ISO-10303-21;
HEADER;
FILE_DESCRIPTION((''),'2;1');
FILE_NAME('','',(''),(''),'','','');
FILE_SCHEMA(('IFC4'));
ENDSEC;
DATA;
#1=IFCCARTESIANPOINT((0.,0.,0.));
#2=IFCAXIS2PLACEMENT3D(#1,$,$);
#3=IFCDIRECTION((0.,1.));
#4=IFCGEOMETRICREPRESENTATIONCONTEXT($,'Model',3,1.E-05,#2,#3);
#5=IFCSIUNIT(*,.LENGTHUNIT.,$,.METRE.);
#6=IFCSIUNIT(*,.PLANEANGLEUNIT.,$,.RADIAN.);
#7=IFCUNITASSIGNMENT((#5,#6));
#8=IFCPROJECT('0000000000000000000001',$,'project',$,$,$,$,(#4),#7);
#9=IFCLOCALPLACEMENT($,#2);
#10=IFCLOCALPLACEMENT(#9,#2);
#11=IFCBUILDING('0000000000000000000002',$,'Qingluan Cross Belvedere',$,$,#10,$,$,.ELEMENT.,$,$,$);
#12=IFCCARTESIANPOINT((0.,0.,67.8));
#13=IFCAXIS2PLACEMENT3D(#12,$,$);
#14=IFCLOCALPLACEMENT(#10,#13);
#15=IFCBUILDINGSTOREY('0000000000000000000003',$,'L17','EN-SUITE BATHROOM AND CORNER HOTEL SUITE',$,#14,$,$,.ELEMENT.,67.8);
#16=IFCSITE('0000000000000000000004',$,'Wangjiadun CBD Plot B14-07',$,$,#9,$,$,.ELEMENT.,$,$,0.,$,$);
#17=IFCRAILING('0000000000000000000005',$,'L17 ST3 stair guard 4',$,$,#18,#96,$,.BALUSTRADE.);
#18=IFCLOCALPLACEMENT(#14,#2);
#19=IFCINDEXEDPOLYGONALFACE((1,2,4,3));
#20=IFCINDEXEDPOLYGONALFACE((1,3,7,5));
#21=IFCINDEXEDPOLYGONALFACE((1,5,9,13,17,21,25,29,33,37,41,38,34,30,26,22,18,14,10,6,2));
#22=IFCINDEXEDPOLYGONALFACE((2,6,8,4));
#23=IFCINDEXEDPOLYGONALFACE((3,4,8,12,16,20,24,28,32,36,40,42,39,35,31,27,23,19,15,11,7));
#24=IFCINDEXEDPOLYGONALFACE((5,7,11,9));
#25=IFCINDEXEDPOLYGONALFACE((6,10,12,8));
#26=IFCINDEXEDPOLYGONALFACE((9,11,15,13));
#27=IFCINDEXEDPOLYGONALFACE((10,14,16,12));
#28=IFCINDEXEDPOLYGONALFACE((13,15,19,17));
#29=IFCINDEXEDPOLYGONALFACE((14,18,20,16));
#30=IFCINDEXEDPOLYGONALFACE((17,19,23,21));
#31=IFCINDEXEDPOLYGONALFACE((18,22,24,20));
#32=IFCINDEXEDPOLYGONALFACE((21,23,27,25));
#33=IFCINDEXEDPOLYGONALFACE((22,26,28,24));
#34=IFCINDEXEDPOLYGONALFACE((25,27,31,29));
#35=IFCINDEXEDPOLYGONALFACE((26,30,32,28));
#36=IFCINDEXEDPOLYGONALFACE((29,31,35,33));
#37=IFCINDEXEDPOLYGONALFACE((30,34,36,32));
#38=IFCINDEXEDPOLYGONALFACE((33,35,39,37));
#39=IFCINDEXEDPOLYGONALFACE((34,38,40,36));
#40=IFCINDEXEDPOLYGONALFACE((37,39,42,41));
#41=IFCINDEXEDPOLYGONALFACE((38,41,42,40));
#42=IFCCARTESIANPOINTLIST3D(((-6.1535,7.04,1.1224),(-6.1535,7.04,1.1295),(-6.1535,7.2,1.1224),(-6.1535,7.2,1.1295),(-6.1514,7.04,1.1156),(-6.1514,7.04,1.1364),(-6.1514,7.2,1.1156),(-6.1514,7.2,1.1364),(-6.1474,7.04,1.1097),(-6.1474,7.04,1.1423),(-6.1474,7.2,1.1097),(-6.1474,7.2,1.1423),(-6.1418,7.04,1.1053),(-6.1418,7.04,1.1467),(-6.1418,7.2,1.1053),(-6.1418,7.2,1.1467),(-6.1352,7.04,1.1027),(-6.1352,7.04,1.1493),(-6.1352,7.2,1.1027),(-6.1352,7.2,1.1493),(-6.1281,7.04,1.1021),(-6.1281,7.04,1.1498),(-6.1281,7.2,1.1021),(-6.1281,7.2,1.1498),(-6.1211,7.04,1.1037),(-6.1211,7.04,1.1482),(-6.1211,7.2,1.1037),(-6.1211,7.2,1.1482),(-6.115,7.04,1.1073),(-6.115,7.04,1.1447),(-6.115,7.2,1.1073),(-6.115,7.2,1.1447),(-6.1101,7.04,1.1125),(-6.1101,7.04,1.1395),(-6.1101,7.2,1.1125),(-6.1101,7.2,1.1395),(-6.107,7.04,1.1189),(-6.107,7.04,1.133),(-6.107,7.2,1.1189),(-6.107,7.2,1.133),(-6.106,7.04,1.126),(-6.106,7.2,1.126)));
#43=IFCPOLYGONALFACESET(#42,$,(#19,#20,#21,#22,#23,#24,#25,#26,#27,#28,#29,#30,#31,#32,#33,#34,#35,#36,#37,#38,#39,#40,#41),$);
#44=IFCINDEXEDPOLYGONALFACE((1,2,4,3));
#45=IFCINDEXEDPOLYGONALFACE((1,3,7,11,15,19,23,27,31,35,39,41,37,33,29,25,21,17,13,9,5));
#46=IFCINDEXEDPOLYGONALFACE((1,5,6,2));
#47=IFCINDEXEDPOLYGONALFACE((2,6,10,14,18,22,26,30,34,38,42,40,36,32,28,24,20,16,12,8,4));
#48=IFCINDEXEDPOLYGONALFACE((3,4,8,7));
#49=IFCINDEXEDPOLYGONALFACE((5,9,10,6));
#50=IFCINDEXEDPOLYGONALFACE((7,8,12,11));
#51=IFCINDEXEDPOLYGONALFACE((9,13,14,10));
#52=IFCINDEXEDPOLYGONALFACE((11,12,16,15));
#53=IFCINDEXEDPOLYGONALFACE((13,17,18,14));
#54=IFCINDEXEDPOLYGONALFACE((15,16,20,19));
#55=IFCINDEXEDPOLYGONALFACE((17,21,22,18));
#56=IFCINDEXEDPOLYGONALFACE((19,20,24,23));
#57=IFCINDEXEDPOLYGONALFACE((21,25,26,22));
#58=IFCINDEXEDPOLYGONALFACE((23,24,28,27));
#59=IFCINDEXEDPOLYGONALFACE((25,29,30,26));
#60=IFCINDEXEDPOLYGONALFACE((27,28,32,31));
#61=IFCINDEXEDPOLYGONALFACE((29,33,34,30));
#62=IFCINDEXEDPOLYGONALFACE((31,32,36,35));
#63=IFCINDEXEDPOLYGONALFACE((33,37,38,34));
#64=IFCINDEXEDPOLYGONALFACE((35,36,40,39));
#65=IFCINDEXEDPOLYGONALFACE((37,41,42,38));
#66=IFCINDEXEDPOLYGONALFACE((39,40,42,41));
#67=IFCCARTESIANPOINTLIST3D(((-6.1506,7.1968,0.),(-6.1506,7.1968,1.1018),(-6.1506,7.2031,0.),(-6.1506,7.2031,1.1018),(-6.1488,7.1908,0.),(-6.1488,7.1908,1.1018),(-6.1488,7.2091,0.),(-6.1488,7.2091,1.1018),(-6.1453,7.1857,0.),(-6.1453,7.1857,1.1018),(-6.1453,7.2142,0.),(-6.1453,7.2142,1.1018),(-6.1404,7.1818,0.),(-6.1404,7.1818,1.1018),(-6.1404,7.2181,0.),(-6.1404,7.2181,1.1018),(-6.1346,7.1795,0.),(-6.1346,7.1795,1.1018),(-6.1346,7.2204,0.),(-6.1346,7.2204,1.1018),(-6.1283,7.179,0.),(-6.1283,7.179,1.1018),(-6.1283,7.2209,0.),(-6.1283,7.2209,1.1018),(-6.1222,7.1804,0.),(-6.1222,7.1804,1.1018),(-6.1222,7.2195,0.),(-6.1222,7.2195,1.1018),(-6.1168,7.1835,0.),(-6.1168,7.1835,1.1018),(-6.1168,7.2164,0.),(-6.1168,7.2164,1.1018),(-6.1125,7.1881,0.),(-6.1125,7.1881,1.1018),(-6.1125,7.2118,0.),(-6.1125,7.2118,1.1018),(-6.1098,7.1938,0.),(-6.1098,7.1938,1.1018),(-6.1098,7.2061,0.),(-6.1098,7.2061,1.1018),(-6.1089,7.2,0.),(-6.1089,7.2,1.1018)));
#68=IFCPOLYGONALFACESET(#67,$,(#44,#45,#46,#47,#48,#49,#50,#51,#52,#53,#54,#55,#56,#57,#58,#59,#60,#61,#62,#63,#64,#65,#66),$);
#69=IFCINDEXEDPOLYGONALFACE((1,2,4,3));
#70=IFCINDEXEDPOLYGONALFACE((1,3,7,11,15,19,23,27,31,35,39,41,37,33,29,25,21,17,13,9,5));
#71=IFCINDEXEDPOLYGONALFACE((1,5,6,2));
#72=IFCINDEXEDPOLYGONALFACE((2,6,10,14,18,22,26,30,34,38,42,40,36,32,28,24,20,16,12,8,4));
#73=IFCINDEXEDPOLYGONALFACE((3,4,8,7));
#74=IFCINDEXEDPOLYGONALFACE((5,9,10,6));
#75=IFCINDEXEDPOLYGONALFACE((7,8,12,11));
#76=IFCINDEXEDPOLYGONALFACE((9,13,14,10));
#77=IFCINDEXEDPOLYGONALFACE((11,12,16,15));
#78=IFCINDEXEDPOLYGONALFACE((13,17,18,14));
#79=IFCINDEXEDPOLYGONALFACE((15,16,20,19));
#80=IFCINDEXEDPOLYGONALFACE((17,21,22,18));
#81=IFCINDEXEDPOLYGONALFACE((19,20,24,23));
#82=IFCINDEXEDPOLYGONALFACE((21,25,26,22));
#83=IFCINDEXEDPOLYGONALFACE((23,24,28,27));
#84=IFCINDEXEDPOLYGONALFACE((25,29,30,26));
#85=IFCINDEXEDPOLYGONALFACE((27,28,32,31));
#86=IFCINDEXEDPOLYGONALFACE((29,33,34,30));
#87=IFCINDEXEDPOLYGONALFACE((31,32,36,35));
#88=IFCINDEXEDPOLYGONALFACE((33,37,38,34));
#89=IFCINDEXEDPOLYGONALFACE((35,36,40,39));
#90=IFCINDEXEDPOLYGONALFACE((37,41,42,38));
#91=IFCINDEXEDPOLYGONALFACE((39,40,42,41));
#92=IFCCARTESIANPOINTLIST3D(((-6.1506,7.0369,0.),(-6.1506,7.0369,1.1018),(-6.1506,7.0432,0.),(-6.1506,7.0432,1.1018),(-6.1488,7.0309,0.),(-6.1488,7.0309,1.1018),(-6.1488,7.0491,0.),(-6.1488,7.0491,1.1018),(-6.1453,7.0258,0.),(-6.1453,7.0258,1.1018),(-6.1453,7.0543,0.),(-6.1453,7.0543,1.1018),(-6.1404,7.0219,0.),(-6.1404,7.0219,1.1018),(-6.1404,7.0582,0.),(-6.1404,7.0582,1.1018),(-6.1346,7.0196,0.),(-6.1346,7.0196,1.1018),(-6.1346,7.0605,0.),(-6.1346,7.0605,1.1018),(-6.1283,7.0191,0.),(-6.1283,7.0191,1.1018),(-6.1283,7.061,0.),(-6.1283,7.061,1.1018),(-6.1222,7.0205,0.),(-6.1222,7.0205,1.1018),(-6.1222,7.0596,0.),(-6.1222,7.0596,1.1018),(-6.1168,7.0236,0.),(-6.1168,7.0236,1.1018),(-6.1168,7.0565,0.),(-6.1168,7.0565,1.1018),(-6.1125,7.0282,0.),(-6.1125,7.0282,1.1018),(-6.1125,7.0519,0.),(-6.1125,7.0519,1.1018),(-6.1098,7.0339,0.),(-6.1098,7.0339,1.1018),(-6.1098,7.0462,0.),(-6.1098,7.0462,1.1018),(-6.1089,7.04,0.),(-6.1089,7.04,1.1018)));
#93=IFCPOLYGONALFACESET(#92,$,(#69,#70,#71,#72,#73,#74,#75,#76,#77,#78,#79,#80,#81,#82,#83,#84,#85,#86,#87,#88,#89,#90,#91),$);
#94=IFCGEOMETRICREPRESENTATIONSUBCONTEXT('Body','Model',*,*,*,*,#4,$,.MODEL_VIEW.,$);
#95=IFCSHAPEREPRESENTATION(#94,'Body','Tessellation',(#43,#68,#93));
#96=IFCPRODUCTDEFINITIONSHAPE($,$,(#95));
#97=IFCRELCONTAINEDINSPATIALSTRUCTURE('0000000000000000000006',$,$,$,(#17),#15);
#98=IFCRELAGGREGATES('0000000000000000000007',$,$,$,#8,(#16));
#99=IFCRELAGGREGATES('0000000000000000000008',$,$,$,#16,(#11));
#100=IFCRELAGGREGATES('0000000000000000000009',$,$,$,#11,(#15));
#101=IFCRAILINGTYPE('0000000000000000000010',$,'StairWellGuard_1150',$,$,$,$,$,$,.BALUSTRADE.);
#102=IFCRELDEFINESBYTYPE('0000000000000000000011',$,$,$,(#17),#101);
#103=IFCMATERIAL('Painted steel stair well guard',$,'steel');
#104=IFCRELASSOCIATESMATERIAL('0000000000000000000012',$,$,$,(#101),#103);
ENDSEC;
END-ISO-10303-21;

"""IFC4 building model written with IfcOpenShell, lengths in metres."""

from ifc_helpers import new_model, si_unit, direction, frame, origin, origin_2d, place, context, subcontext, project, spatial, circle, extrude, material, type_object, element, save


model = new_model("IFC4")

# Units and contexts
model_context = context("Model", 3, precision=1e-05, world=origin(), true_north=direction((0.0, 1.0)))
body_context = subcontext(model_context, "Body", "Model", "MODEL_VIEW")
ifc_project = project(units=[si_unit("LENGTHUNIT", "METRE"), si_unit("PLANEANGLEUNIT", "RADIAN")], contexts=[model_context])

# Site, building, storey
site_placement = place(None, origin())
site = spatial("IfcSite", under=ifc_project, at=site_placement, Name="Wangjiadun CBD Plot B14-07", CompositionType="ELEMENT", RefElevation=0.0)
building_placement = place(site_placement, origin())
building = spatial("IfcBuilding", under=site, at=building_placement, Name="Qingluan Cross Belvedere", CompositionType="ELEMENT")
storey_placement = place(building_placement, frame((0.0, 0.0, 67.8)))
storey = spatial("IfcBuildingStorey", under=building, at=storey_placement, Name="L17", Description="EN-SUITE BATHROOM AND CORNER HOTEL SUITE", CompositionType="ELEMENT", Elevation=67.8)

# Railing
ifc_material_1 = material(Name="Painted steel stair well guard", Category="steel")
railing_type_1 = type_object("IfcRailingType", Name="StairWellGuard_1150", PredefinedType="BALUSTRADE", material=ifc_material_1)
railing_1_placement = place(storey_placement, frame((-6.1299, 7.2, 0.0)))
element("IfcRailing", 1, at=railing_1_placement, inside=storey, type_object=railing_type_1, Name="L17 ST3 stair guard 4", PredefinedType="BALUSTRADE", context=body_context, shape_type="SweptSolid", body=[
    extrude(circle(Radius=0.0239, at=origin_2d()), frame((0.0, 0.0, 1.126), z_axis=(0.0, -1.0, 0.0), x_axis=(1.0, 0.0, 0.0)), (0.0, 0.0, 1.0), 0.1599),
    extrude(circle(Radius=0.021, at=origin_2d()), origin(), (0.0, 0.0, 1.0), 1.1018),
    extrude(circle(Radius=0.021, at=origin_2d()), frame((0.0, -0.1599, 0.0)), (0.0, 0.0, 1.0), 1.1018),
])

save(model, "model.ifc")
